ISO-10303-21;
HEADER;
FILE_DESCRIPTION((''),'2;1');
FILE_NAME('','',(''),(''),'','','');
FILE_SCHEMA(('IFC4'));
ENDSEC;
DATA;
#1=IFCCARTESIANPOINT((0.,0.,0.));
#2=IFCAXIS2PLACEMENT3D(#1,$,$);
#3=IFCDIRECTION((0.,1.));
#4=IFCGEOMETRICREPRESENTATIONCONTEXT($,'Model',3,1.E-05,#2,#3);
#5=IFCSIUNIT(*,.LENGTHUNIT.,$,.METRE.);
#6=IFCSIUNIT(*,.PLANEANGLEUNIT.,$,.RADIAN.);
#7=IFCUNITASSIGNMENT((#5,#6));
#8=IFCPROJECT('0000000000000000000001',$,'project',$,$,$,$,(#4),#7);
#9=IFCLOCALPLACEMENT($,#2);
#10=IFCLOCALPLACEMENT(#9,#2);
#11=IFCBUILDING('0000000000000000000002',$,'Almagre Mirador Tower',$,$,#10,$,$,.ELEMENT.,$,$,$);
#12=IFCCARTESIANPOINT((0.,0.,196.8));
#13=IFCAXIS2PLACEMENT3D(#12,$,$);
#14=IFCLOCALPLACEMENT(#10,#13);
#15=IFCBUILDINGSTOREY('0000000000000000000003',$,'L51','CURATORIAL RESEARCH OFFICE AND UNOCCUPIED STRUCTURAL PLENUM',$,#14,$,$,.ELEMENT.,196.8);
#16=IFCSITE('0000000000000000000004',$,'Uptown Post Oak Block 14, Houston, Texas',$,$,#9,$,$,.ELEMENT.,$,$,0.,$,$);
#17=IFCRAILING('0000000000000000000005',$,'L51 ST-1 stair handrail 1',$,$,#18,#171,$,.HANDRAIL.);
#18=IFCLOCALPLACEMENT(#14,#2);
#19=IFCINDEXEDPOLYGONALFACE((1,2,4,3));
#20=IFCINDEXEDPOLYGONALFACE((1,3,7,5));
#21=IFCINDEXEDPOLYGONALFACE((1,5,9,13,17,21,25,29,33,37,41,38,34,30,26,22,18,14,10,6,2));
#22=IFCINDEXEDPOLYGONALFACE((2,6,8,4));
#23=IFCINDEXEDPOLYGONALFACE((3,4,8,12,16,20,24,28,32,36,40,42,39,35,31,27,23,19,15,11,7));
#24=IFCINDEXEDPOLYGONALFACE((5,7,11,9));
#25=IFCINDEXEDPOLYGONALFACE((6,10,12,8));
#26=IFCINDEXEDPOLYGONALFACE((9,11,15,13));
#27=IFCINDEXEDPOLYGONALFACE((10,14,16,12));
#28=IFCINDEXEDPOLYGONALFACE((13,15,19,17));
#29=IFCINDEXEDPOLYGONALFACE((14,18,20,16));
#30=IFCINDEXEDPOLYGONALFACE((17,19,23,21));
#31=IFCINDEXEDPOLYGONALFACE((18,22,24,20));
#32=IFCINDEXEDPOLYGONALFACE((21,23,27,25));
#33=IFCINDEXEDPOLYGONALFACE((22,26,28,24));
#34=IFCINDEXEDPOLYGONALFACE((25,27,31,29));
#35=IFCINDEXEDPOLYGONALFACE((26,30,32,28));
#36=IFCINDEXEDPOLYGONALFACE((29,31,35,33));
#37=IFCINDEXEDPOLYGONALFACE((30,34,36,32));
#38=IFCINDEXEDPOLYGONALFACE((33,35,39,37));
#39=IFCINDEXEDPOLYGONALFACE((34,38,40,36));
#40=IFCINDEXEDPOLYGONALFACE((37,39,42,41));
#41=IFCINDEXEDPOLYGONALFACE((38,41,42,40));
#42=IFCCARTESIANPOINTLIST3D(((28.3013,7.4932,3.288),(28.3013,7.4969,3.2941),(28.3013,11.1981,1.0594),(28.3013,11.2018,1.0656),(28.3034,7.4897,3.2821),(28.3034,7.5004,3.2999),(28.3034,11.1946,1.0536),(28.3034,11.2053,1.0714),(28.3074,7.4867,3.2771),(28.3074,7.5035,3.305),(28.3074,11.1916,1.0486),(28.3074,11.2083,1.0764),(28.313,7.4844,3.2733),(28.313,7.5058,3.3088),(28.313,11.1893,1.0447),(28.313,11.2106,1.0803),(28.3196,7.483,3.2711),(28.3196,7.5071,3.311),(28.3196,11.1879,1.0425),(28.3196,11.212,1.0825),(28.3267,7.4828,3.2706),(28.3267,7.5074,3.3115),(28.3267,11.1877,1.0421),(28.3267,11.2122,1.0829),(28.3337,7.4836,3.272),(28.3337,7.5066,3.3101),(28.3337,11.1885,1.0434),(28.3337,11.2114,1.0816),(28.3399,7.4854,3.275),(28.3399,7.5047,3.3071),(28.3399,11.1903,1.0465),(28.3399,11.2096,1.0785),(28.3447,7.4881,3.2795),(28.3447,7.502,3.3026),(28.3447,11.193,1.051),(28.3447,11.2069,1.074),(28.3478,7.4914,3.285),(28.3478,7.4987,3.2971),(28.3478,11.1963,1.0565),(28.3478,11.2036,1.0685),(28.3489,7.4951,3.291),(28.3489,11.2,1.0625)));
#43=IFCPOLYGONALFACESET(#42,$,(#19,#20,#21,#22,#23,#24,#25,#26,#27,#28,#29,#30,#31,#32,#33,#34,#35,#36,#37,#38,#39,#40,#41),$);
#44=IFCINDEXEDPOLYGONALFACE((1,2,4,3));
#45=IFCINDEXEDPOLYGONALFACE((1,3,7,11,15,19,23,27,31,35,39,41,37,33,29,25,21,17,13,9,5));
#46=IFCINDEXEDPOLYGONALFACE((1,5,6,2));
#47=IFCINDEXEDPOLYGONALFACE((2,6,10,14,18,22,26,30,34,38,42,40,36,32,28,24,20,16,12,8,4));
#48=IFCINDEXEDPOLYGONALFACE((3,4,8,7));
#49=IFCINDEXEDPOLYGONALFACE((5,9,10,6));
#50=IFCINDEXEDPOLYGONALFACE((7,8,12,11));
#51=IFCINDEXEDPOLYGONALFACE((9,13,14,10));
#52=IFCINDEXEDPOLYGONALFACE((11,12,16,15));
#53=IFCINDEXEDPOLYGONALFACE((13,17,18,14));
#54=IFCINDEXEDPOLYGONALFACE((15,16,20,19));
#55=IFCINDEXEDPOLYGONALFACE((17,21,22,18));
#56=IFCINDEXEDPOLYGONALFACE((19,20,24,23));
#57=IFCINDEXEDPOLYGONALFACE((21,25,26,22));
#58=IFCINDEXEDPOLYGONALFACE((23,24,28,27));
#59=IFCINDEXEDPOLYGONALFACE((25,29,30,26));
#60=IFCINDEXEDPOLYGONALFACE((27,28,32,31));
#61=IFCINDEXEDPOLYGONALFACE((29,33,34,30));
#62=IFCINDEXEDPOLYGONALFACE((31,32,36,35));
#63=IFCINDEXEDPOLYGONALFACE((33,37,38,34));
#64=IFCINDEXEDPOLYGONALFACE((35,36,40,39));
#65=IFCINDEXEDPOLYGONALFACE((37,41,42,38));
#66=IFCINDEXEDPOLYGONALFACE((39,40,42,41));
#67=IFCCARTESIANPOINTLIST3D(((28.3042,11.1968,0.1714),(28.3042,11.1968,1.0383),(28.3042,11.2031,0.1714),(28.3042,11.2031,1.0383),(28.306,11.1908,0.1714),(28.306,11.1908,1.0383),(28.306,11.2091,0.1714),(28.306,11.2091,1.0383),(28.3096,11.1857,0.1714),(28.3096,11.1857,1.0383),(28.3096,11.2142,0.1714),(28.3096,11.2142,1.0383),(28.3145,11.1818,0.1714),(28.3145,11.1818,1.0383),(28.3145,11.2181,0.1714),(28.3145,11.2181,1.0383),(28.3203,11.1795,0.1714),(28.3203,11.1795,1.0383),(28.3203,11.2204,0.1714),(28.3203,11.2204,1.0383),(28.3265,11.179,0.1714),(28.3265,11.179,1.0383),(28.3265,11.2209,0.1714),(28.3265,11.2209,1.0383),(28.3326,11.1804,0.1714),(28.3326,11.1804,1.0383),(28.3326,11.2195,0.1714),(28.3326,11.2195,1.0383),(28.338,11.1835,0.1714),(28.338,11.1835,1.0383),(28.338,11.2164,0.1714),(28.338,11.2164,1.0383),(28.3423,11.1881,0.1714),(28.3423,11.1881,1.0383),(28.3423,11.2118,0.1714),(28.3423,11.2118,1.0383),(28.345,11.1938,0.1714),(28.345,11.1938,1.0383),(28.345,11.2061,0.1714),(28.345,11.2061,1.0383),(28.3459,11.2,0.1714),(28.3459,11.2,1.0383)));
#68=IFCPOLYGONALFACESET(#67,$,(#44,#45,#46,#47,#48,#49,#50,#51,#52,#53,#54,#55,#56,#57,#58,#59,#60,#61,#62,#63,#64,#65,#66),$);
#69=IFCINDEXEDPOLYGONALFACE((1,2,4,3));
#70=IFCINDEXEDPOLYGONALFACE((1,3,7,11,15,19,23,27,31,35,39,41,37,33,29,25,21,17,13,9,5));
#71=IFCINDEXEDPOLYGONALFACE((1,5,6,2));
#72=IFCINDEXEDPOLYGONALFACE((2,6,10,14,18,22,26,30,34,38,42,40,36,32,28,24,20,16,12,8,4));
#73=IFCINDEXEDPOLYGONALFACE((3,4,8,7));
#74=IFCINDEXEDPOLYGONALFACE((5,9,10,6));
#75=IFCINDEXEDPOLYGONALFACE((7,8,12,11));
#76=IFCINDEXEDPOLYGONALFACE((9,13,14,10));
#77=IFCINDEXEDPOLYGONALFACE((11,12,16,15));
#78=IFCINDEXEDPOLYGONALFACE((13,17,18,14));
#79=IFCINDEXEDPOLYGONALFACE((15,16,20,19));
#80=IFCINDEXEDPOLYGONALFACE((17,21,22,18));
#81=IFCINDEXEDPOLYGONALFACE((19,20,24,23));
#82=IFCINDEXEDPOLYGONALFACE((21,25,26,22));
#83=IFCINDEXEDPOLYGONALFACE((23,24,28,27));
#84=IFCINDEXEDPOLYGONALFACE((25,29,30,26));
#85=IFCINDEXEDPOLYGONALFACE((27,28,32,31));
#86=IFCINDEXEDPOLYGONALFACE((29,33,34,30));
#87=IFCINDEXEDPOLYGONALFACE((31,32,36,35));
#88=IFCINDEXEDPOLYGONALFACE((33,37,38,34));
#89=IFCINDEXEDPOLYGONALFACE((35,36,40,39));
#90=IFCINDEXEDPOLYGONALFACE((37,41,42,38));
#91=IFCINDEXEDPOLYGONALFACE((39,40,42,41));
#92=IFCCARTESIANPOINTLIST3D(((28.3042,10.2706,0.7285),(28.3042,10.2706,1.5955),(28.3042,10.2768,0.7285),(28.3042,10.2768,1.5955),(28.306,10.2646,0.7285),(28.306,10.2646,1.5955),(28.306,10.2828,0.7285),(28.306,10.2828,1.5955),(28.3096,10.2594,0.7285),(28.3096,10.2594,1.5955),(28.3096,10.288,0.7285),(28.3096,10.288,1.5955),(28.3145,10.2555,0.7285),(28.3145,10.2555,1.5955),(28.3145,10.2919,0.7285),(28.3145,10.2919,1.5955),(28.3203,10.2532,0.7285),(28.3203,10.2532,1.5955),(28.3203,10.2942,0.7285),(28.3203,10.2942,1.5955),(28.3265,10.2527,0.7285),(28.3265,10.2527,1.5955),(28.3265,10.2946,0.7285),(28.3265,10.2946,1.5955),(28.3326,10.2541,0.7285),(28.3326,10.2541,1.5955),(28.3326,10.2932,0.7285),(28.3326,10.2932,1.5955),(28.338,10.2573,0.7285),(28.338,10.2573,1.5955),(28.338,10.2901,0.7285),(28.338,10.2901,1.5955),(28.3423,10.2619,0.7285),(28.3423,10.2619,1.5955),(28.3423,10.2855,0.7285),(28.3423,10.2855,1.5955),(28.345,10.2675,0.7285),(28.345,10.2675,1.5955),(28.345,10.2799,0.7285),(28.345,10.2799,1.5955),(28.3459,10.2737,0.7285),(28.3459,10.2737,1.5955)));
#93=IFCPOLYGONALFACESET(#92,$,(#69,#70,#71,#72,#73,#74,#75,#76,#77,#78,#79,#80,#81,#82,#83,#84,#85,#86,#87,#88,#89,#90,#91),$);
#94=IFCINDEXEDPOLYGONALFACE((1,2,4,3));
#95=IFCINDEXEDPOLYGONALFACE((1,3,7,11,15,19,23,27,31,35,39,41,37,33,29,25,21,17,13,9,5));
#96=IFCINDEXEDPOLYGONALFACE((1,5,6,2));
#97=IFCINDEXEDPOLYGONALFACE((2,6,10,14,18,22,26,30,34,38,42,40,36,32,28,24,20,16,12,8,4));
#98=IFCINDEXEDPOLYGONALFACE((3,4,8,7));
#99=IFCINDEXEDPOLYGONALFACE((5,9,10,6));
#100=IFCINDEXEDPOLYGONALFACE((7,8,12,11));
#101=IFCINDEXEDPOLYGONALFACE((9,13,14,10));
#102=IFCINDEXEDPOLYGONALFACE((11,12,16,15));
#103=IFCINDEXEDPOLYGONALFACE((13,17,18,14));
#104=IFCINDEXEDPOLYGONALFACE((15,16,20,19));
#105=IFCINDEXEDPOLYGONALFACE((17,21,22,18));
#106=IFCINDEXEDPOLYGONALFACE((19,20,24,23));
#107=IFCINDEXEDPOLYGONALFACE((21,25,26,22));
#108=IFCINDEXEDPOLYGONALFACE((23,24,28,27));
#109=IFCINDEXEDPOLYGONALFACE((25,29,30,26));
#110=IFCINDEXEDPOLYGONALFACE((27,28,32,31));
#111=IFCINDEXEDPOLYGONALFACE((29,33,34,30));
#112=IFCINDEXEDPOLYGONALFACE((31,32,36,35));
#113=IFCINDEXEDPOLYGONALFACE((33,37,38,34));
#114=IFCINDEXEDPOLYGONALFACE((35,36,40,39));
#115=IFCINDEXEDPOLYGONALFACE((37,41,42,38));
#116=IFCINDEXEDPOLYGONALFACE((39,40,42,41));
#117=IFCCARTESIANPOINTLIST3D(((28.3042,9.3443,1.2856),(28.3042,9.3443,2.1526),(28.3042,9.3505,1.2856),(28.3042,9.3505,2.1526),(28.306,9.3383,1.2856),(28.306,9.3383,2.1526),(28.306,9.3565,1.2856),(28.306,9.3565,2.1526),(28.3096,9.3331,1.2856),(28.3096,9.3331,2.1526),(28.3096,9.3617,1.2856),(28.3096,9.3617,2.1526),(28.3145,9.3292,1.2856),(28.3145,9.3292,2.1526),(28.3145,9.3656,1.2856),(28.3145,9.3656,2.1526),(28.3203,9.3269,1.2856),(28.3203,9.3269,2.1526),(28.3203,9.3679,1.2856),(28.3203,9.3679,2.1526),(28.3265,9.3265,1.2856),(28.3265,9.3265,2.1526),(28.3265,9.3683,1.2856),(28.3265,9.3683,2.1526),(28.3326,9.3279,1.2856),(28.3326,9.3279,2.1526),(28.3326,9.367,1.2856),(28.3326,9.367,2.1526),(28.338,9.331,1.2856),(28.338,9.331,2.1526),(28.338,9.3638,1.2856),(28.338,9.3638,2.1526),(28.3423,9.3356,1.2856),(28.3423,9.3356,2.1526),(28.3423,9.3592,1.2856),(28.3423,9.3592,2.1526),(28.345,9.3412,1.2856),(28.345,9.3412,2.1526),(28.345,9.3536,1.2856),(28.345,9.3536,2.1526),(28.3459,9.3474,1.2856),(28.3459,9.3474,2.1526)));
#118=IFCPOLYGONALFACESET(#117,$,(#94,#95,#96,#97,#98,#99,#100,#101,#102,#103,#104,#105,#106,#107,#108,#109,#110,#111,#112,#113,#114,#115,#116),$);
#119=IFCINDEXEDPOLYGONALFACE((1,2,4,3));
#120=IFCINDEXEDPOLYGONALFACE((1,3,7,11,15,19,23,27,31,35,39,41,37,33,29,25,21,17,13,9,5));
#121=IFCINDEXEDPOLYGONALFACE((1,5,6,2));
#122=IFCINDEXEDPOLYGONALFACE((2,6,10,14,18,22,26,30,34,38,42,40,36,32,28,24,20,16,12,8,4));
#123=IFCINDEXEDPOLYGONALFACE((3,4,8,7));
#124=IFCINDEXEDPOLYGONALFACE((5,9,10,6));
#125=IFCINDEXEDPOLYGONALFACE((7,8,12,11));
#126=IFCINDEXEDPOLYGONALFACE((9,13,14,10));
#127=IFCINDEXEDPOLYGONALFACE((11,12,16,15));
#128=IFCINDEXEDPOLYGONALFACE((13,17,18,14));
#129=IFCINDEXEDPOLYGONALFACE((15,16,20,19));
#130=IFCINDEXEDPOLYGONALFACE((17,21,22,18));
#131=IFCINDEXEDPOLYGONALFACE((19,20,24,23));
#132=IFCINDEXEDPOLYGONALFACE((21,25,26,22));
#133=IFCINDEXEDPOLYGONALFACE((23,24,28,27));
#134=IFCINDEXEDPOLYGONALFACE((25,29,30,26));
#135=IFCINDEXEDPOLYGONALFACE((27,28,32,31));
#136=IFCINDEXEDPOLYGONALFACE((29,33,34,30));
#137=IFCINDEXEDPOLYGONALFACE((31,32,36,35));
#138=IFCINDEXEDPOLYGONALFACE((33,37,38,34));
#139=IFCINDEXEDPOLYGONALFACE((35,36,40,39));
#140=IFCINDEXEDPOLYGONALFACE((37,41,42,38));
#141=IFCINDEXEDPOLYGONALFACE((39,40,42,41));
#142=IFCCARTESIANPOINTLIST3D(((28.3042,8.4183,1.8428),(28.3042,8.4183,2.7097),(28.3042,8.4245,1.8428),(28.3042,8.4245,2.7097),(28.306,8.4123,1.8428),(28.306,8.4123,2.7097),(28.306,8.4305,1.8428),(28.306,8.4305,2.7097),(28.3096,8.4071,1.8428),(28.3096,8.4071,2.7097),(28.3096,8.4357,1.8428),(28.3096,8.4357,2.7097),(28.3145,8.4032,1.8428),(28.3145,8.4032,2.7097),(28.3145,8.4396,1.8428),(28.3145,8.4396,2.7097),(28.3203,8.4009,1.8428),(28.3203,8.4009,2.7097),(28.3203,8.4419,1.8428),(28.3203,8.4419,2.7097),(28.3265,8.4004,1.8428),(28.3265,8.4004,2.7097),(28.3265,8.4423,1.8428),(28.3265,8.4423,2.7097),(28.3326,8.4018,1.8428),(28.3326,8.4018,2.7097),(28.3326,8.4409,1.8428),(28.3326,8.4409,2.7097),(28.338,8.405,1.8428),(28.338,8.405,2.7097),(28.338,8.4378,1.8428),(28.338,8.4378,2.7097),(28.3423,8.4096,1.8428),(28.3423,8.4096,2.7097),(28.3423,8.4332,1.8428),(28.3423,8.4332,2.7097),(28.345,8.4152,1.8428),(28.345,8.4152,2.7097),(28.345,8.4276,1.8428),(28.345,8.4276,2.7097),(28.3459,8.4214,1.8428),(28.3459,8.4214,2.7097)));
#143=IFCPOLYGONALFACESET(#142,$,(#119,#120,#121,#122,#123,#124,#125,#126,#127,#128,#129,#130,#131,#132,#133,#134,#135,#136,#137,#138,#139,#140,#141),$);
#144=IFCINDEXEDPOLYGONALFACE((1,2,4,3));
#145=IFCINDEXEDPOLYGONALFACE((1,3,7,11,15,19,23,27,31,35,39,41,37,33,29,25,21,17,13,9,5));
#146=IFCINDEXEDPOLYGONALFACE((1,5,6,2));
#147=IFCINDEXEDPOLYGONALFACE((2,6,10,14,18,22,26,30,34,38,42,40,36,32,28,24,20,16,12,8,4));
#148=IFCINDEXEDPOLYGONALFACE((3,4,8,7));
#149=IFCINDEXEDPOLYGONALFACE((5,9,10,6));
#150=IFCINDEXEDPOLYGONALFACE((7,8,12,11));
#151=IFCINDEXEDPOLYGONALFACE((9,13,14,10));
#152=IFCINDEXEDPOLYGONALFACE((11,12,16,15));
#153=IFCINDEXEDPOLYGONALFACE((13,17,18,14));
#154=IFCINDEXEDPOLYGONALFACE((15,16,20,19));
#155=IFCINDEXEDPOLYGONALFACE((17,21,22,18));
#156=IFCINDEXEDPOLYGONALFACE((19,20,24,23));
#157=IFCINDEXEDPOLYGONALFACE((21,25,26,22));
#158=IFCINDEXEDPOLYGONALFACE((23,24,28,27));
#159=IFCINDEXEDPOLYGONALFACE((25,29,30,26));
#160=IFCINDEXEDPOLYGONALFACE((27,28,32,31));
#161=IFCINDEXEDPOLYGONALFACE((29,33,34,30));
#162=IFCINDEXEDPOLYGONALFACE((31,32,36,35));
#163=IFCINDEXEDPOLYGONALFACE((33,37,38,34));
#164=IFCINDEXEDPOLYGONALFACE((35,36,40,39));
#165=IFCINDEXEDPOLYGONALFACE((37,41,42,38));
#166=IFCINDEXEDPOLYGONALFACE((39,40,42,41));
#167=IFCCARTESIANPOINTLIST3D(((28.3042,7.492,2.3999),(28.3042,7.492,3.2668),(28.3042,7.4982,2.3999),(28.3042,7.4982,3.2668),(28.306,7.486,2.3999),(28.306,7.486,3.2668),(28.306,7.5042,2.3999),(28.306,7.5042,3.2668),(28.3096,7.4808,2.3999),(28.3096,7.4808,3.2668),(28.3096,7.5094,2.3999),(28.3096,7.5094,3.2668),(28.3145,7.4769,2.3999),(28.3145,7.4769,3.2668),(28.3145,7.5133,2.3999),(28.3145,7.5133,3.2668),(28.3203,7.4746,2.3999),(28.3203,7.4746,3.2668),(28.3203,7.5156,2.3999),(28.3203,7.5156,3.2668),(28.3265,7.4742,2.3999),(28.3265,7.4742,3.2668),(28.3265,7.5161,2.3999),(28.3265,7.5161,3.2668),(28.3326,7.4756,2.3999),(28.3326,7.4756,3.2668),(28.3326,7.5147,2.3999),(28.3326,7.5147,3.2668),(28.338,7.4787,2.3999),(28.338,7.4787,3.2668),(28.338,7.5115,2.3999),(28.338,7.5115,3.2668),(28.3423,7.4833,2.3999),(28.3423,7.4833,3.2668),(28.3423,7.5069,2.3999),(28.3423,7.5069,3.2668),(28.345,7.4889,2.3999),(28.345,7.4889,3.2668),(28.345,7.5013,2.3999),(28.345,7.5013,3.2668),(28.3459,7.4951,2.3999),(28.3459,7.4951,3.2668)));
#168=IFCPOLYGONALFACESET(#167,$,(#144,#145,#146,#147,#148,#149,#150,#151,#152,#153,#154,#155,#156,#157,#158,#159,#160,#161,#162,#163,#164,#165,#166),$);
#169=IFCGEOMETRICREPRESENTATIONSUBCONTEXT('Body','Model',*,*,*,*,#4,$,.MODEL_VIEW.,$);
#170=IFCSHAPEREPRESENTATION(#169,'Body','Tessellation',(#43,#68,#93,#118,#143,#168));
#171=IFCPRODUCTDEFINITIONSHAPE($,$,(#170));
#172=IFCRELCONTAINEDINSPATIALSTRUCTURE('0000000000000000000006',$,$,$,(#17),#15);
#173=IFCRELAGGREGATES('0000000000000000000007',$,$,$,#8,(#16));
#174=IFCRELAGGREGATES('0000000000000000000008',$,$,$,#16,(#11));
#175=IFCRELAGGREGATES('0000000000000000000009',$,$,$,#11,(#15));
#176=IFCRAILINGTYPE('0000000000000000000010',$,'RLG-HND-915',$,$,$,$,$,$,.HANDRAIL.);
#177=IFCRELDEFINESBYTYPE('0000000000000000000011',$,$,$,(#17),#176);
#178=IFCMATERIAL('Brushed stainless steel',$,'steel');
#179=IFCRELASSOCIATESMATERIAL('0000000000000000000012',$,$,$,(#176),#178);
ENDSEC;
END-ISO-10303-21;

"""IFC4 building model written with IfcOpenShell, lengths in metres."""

from ifc_helpers import new_model, si_unit, direction, frame, origin, origin_2d, place, context, subcontext, project, spatial, circle, extrude, material, type_object, element, save


model = new_model("IFC4")

# Units and contexts
model_context = context("Model", 3, precision=1e-05, world=origin(), true_north=direction((0.0, 1.0)))
body_context = subcontext(model_context, "Body", "Model", "MODEL_VIEW")
ifc_project = project(units=[si_unit("LENGTHUNIT", "METRE"), si_unit("PLANEANGLEUNIT", "RADIAN")], contexts=[model_context])

# Site, building, storey
site_placement = place(None, origin())
site = spatial("IfcSite", under=ifc_project, at=site_placement, Name="Uptown Post Oak Block 14, Houston, Texas", CompositionType="ELEMENT", RefElevation=0.0)
building_placement = place(site_placement, origin())
building = spatial("IfcBuilding", under=site, at=building_placement, Name="Almagre Mirador Tower", CompositionType="ELEMENT")
storey_placement = place(building_placement, frame((0.0, 0.0, 196.8)))
storey = spatial("IfcBuildingStorey", under=building, at=storey_placement, Name="L51", Description="CURATORIAL RESEARCH OFFICE AND UNOCCUPIED STRUCTURAL PLENUM", CompositionType="ELEMENT", Elevation=196.8)

# Railing
ifc_material_1 = material(Name="Brushed stainless steel", Category="steel")
railing_type_1 = type_object("IfcRailingType", Name="RLG-HND-915", PredefinedType="HANDRAIL", material=ifc_material_1)
railing_1_placement = place(storey_placement, frame((28.325, 11.2, 0.1714)))
element("IfcRailing", 1, at=railing_1_placement, inside=storey, type_object=railing_type_1, Name="L51 ST-1 stair handrail 1", PredefinedType="HANDRAIL", context=body_context, shape_type="SweptSolid", body=[
    extrude(circle(Radius=0.0239, at=origin_2d()), frame((0.0, 0.0, 0.8911), z_axis=(0.0, -0.856919, 0.51545), x_axis=(1.0, 0.0, 0.0)), (0.0, 0.0, 1.0), 4.3235),
    extrude(circle(Radius=0.021, at=origin_2d()), origin(), (0.0, 0.0, 1.0), 0.8669),
    extrude(circle(Radius=0.021, at=origin_2d()), frame((0.0, -0.9263, 0.5571)), (0.0, 0.0, 1.0), 0.8669),
    extrude(circle(Radius=0.021, at=origin_2d()), frame((0.0, -1.8525, 1.1143)), (0.0, 0.0, 1.0), 0.8669),
    extrude(circle(Radius=0.021, at=origin_2d()), frame((0.0, -2.7786, 1.6714)), (0.0, 0.0, 1.0), 0.8669),
    extrude(circle(Radius=0.021, at=origin_2d()), frame((0.0, -3.7048, 2.2285)), (0.0, 0.0, 1.0), 0.8669),
])

save(model, "model.ifc")
